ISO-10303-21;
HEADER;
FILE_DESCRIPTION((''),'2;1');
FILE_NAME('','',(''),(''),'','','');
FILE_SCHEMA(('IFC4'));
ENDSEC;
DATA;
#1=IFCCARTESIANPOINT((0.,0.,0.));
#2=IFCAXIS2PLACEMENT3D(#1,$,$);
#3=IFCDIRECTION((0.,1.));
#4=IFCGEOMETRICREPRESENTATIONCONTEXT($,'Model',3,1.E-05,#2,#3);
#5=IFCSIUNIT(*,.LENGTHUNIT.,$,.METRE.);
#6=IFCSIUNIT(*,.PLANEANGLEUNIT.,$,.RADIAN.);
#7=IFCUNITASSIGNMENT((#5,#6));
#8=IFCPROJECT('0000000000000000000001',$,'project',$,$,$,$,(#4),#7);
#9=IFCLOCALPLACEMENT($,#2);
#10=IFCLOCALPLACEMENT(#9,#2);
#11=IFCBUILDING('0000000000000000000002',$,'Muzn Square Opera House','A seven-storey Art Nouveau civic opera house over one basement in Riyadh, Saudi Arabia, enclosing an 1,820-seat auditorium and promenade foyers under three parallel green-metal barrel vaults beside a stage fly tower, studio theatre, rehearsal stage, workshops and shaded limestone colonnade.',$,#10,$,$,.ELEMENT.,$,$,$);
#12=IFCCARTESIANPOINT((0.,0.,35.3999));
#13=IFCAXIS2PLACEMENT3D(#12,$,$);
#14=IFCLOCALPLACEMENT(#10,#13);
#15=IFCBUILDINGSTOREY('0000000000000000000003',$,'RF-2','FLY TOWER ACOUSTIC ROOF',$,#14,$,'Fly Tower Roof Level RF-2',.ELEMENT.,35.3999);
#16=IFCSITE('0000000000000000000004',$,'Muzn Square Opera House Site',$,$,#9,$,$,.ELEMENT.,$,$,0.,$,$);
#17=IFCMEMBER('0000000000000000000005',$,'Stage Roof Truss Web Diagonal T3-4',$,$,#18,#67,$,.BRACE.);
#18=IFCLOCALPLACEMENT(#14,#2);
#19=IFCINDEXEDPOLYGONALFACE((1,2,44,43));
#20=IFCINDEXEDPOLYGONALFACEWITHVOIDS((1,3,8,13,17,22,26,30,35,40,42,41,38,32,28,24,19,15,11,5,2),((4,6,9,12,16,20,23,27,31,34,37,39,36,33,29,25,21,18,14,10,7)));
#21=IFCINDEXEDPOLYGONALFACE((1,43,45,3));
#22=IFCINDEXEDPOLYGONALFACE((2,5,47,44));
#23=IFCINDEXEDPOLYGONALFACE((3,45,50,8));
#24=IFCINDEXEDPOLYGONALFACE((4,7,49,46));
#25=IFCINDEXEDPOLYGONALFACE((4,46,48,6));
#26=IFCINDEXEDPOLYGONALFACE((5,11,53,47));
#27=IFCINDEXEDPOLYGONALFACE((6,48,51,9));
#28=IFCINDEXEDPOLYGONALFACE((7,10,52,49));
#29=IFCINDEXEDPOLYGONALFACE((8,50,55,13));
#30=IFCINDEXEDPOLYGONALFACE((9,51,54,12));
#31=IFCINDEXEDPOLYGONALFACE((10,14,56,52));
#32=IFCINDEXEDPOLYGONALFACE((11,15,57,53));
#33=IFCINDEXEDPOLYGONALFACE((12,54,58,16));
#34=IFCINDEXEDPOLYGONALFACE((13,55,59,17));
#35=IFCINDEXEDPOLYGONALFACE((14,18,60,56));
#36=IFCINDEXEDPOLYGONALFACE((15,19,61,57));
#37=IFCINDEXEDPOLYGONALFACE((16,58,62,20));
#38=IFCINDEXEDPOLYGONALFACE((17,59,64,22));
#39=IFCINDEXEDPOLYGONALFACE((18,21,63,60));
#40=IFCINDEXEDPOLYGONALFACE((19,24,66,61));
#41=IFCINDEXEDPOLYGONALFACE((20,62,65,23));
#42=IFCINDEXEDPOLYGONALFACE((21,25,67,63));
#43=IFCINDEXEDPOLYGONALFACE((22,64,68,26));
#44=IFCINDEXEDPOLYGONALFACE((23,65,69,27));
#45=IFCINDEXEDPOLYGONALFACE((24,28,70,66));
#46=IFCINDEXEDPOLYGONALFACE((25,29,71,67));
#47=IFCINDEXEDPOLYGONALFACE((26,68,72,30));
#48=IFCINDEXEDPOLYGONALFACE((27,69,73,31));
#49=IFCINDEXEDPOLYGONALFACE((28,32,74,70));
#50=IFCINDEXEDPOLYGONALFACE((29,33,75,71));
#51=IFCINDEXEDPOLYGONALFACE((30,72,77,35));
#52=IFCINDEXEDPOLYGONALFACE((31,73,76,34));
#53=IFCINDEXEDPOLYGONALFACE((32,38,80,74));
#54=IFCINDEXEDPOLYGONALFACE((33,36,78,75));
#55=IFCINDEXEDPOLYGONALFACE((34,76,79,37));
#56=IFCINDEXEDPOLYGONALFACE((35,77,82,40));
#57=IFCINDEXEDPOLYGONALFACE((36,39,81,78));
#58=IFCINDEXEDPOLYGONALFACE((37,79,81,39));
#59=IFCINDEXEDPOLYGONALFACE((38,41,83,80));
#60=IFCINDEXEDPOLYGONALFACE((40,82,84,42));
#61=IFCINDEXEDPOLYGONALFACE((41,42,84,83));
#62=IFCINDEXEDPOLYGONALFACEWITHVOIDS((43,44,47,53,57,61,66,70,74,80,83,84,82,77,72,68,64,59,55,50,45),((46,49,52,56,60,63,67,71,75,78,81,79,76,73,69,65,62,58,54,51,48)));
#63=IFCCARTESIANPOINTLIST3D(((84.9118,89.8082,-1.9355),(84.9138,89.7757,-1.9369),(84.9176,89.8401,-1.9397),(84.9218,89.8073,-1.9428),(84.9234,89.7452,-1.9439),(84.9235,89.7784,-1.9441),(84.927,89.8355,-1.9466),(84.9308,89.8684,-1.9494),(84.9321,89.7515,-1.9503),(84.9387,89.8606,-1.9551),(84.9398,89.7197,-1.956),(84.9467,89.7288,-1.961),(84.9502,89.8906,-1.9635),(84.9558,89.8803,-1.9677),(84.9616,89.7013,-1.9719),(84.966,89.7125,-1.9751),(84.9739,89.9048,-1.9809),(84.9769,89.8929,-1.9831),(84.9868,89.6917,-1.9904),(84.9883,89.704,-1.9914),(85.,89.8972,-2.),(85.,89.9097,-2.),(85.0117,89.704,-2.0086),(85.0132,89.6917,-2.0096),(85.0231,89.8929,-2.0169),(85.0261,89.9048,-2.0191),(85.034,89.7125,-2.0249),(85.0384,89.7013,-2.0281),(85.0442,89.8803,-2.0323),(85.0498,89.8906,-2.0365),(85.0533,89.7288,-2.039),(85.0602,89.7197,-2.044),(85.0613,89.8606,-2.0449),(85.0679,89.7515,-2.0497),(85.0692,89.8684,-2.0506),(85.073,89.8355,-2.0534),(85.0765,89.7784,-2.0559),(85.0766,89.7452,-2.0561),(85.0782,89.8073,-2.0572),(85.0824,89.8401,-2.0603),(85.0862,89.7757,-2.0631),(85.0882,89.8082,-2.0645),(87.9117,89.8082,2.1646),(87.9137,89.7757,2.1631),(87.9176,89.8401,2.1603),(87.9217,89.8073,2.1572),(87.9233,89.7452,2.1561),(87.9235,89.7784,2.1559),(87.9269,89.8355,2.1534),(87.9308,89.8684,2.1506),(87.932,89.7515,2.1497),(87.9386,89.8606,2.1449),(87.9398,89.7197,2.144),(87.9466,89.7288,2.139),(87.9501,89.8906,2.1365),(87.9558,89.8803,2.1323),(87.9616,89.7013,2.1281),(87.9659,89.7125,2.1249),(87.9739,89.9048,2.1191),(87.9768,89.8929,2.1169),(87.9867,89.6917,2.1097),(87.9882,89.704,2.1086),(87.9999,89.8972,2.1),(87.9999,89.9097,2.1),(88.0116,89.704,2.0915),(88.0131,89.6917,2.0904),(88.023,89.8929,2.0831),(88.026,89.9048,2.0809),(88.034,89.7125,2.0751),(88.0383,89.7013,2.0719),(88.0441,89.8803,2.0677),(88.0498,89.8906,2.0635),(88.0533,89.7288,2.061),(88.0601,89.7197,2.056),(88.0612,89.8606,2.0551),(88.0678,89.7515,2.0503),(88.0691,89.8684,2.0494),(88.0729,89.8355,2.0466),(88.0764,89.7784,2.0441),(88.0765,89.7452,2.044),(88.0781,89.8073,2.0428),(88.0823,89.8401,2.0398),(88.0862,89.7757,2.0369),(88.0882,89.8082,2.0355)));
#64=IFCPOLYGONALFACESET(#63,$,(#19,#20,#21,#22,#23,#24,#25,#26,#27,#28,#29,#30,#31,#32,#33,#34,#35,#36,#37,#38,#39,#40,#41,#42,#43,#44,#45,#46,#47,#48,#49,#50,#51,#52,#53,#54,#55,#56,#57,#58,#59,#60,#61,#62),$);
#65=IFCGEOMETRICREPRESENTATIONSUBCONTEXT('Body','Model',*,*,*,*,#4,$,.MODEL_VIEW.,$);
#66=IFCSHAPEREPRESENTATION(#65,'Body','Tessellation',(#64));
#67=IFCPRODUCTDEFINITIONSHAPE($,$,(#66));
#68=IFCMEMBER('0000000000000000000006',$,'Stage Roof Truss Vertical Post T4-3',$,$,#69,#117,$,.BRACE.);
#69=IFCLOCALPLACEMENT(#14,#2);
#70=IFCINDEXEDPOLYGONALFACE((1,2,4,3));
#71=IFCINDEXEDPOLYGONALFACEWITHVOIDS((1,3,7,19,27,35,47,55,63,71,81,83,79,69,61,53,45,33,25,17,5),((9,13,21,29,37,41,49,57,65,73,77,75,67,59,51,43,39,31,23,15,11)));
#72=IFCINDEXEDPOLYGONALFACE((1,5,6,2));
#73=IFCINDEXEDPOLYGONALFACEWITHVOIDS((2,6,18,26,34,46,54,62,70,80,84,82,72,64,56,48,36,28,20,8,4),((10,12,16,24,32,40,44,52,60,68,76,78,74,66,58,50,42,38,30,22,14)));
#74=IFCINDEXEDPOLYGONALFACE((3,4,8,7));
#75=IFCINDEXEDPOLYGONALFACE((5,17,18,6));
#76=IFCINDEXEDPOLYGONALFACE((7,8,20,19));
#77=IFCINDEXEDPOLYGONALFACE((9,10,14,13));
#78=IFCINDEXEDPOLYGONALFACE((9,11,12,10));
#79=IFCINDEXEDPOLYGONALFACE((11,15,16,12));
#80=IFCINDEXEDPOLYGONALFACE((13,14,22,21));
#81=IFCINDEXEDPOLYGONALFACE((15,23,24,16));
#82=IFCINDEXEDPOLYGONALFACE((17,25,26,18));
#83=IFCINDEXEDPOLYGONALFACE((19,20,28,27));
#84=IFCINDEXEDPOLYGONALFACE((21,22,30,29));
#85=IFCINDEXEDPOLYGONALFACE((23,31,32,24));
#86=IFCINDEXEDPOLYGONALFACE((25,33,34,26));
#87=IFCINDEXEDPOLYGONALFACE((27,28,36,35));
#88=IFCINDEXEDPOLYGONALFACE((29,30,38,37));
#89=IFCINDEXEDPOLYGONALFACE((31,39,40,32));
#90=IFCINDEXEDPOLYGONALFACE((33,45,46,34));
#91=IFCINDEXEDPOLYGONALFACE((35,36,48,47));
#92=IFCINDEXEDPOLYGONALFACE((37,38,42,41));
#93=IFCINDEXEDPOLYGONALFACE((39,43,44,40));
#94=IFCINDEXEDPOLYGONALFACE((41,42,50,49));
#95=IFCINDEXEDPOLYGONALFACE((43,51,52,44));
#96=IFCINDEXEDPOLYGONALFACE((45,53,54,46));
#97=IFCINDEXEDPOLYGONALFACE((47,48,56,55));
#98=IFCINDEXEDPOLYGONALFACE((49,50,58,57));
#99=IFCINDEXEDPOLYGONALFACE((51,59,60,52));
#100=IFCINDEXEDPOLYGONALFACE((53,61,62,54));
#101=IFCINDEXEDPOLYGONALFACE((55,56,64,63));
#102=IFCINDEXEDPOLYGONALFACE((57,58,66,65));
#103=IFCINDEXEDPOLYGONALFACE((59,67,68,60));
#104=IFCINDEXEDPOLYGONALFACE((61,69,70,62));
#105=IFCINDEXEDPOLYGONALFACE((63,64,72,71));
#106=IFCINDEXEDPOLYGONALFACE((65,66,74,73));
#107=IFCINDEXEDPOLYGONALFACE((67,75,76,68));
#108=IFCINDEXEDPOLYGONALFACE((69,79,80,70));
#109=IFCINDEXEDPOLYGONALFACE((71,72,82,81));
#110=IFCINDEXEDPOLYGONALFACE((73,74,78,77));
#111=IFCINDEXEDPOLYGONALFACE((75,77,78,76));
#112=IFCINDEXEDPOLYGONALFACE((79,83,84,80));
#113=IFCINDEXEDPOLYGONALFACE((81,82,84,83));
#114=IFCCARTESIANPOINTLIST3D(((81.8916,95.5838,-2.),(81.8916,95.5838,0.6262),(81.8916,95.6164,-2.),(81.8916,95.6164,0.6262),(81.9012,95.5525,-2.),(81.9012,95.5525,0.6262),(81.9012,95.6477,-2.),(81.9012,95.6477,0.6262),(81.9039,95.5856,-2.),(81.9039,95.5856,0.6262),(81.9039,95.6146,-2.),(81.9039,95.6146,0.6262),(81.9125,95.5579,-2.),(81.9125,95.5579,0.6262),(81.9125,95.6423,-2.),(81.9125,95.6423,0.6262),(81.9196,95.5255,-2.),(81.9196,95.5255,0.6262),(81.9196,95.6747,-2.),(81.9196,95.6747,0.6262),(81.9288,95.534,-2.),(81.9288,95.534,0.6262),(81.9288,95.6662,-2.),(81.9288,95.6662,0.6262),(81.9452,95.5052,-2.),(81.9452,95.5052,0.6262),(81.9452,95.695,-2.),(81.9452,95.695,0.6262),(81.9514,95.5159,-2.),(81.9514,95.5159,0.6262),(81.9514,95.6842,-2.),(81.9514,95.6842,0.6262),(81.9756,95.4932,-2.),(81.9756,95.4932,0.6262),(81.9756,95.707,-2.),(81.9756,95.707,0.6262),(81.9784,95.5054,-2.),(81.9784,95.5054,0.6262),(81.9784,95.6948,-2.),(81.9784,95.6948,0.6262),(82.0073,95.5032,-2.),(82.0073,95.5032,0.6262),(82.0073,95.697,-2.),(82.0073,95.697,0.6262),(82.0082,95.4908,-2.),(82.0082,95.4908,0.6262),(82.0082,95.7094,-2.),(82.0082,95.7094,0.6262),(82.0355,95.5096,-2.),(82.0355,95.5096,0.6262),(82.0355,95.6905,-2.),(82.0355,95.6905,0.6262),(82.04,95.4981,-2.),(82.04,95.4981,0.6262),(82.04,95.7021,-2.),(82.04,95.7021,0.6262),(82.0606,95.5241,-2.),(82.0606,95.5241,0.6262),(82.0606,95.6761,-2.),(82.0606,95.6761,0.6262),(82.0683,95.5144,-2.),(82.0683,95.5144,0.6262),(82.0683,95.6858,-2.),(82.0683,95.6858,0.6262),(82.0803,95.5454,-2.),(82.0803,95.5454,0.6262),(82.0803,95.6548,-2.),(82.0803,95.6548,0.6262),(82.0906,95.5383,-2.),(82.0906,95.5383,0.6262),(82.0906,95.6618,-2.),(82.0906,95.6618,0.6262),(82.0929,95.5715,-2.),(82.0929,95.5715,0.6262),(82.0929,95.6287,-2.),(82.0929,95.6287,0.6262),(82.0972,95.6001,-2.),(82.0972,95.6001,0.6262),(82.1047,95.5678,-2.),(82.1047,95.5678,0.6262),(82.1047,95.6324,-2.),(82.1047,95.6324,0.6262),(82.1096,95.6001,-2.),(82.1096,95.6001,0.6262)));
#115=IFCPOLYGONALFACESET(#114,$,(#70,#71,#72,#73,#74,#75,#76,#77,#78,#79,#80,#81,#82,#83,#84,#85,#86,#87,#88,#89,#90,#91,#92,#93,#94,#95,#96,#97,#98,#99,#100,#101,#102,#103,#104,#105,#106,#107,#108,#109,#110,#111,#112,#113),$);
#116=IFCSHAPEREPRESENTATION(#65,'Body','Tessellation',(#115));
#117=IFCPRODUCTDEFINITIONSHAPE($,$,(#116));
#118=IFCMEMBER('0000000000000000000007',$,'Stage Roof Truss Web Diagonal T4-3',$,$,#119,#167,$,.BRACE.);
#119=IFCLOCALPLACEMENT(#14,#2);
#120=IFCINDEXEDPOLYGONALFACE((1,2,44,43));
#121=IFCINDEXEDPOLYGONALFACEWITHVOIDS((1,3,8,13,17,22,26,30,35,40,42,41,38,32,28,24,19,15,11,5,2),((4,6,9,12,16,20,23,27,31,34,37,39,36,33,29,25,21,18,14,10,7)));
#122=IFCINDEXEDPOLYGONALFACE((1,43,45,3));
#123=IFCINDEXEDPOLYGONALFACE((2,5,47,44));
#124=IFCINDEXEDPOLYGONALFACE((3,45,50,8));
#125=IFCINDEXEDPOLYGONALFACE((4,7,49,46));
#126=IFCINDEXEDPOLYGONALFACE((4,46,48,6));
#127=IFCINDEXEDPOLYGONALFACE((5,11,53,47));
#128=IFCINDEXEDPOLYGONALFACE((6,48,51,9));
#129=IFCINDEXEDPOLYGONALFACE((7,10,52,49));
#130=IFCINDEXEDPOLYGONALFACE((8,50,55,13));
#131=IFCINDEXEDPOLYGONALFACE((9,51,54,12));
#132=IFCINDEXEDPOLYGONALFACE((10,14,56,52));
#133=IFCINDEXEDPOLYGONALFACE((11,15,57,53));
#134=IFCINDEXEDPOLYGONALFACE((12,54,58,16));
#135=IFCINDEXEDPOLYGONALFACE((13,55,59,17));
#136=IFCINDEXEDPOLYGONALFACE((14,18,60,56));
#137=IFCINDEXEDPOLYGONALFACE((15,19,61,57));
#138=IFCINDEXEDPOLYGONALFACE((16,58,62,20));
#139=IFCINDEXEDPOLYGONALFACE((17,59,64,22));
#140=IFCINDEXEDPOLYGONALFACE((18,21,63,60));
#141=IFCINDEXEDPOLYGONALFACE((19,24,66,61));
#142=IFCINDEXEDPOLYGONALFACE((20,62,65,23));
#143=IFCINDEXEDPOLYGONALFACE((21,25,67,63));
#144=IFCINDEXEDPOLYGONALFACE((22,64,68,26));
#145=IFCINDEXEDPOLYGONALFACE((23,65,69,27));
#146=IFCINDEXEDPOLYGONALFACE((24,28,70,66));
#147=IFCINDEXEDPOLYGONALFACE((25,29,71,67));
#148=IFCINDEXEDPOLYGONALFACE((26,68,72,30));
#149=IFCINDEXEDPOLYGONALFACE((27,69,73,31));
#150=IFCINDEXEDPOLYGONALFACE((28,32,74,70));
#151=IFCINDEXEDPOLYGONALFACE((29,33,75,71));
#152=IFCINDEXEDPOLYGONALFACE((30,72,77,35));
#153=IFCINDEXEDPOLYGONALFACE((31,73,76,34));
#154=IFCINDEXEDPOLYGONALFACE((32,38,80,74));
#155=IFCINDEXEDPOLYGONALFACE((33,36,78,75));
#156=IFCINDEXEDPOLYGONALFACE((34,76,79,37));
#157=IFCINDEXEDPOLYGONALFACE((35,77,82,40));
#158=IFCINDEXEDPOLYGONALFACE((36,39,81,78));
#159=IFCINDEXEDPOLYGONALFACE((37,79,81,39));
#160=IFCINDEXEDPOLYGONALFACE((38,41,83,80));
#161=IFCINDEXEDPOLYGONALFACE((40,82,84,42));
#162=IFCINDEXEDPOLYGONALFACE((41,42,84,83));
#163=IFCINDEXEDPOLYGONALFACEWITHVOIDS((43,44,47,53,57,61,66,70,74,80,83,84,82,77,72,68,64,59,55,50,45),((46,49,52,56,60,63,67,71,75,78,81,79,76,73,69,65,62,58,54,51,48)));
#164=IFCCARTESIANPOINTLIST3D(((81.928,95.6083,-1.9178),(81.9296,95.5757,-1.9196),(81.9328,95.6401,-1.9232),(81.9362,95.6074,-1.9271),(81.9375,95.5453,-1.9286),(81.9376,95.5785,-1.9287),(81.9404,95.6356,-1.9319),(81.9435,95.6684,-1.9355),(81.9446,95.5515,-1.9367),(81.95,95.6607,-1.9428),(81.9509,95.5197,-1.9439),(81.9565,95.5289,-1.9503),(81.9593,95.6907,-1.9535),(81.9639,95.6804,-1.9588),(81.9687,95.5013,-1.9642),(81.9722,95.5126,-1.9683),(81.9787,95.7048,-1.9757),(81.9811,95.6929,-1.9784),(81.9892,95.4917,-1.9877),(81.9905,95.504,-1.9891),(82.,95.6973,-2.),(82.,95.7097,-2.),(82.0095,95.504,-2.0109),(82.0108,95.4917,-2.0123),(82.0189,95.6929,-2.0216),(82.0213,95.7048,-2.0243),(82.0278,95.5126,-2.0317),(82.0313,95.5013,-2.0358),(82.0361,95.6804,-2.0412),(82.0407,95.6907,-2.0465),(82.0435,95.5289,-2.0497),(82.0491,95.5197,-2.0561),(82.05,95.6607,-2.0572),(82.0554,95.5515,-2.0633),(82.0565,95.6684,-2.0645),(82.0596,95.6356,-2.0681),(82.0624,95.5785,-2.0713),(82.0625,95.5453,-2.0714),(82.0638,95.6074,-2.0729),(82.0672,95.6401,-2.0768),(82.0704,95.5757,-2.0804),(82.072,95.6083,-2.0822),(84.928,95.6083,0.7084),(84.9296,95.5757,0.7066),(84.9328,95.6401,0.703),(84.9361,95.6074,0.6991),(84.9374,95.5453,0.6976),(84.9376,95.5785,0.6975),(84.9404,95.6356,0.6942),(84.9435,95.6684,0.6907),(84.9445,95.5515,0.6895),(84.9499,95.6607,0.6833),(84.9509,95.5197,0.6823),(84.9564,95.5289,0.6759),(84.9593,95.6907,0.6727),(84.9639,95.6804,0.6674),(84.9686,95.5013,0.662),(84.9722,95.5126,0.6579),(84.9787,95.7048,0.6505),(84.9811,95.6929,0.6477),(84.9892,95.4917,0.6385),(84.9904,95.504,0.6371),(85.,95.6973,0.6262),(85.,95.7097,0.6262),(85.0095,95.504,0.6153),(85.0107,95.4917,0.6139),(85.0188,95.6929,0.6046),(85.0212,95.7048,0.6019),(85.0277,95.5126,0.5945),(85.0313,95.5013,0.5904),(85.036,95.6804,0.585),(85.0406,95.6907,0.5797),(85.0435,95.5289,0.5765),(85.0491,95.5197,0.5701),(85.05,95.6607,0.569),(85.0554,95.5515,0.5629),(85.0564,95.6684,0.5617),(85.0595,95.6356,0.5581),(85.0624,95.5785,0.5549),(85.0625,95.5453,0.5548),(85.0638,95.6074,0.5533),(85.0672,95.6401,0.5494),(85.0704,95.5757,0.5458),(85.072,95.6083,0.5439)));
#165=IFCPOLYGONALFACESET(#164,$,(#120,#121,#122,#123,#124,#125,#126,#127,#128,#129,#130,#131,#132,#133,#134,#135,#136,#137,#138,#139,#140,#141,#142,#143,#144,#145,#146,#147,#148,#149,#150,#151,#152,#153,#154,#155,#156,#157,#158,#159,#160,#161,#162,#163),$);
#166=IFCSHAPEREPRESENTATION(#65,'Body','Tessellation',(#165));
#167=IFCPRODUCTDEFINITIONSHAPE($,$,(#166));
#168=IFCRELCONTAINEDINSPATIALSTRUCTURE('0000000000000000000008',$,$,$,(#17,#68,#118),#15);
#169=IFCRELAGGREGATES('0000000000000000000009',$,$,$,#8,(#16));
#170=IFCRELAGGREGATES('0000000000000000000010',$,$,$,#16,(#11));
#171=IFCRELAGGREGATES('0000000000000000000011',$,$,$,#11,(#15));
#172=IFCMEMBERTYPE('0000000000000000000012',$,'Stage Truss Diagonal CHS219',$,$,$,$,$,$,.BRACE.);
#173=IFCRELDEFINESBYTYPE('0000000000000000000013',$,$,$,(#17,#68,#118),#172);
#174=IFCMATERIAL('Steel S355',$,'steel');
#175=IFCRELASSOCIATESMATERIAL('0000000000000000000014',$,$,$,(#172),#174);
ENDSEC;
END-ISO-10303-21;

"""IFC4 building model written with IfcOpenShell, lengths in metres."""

from ifc_helpers import new_model, si_unit, direction, frame, origin, origin_2d, place, context, subcontext, project, spatial, hollow_circle, extrude, material, material_profile, profile_set, type_object, element, save


model = new_model("IFC4")

# Units and contexts
model_context = context("Model", 3, precision=1e-05, world=origin(), true_north=direction((0.0, 1.0)))
body_context = subcontext(model_context, "Body", "Model", "MODEL_VIEW")
ifc_project = project(units=[si_unit("LENGTHUNIT", "METRE"), si_unit("PLANEANGLEUNIT", "RADIAN")], contexts=[model_context])

# Site, building, storey
site_placement = place(None, origin())
site = spatial("IfcSite", under=ifc_project, at=site_placement, Name="Muzn Square Opera House Site", CompositionType="ELEMENT", RefElevation=0.0)
building_placement = place(site_placement, origin())
building = spatial("IfcBuilding", under=site, at=building_placement, Name="Muzn Square Opera House", Description="A seven-storey Art Nouveau civic opera house over one basement in Riyadh, Saudi Arabia, enclosing an 1,820-seat auditorium and promenade foyers under three parallel green-metal barrel vaults beside a stage fly tower, studio theatre, rehearsal stage, workshops and shaded limestone colonnade.", CompositionType="ELEMENT")
storey_placement = place(building_placement, frame((0.0, 0.0, 35.3999)))
storey = spatial("IfcBuildingStorey", under=building, at=storey_placement, Name="RF-2", Description="FLY TOWER ACOUSTIC ROOF", LongName="Fly Tower Roof Level RF-2", CompositionType="ELEMENT", Elevation=35.3999)

# Members
ifc_material_1 = material(Name="Steel S355", Category="steel")
ifc_material_profile_1 = material_profile(ifc_material_1, hollow_circle(Radius=0.1096, WallThickness=0.0125, at=origin_2d()), Name="CHS 219.1x12.5", Category="steel")
ifc_profile_set_1 = profile_set([ifc_material_profile_1], Name="Steel S355")
member_type_1 = type_object("IfcMemberType", Name="Stage Truss Diagonal CHS219", PredefinedType="BRACE", material=ifc_profile_set_1)
member_1_placement = place(storey_placement, frame((85.0, 89.8, -2.0), z_axis=(0.590501, 0.0, 0.807037), x_axis=(0.0, 1.0, 0.0)))
element("IfcMember", 1, at=member_1_placement, inside=storey, type_object=member_type_1, Name="Stage Roof Truss Web Diagonal T3-4", PredefinedType="BRACE", context=body_context, shape_type="SweptSolid", body=[
    extrude(hollow_circle(Radius=0.1096, WallThickness=0.0125, at=origin_2d()), origin(), (0.0, 0.0, 1.0), 5.0803),
])
member_2_placement = place(storey_placement, frame((82.0, 95.6001, -2.0), z_axis=(0.0, 0.0, 1.0), x_axis=(1.0, 0.0, 0.0)))
element("IfcMember", 2, at=member_2_placement, inside=storey, type_object=member_type_1, Name="Stage Roof Truss Vertical Post T4-3", PredefinedType="BRACE", context=body_context, shape_type="SweptSolid", body=[
    extrude(hollow_circle(Radius=0.1096, WallThickness=0.0125, at=origin_2d()), origin(), (0.0, 0.0, 1.0), 2.6262),
])
member_3_placement = place(storey_placement, frame((82.0, 95.6001, -2.0), z_axis=(0.752425, 0.0, 0.658678), x_axis=(0.0, 1.0, 0.0)))
element("IfcMember", 3, at=member_3_placement, inside=storey, type_object=member_type_1, Name="Stage Roof Truss Web Diagonal T4-3", PredefinedType="BRACE", context=body_context, shape_type="SweptSolid", body=[
    extrude(hollow_circle(Radius=0.1096, WallThickness=0.0125, at=origin_2d()), origin(), (0.0, 0.0, 1.0), 3.9871),
])

save(model, "model.ifc")
